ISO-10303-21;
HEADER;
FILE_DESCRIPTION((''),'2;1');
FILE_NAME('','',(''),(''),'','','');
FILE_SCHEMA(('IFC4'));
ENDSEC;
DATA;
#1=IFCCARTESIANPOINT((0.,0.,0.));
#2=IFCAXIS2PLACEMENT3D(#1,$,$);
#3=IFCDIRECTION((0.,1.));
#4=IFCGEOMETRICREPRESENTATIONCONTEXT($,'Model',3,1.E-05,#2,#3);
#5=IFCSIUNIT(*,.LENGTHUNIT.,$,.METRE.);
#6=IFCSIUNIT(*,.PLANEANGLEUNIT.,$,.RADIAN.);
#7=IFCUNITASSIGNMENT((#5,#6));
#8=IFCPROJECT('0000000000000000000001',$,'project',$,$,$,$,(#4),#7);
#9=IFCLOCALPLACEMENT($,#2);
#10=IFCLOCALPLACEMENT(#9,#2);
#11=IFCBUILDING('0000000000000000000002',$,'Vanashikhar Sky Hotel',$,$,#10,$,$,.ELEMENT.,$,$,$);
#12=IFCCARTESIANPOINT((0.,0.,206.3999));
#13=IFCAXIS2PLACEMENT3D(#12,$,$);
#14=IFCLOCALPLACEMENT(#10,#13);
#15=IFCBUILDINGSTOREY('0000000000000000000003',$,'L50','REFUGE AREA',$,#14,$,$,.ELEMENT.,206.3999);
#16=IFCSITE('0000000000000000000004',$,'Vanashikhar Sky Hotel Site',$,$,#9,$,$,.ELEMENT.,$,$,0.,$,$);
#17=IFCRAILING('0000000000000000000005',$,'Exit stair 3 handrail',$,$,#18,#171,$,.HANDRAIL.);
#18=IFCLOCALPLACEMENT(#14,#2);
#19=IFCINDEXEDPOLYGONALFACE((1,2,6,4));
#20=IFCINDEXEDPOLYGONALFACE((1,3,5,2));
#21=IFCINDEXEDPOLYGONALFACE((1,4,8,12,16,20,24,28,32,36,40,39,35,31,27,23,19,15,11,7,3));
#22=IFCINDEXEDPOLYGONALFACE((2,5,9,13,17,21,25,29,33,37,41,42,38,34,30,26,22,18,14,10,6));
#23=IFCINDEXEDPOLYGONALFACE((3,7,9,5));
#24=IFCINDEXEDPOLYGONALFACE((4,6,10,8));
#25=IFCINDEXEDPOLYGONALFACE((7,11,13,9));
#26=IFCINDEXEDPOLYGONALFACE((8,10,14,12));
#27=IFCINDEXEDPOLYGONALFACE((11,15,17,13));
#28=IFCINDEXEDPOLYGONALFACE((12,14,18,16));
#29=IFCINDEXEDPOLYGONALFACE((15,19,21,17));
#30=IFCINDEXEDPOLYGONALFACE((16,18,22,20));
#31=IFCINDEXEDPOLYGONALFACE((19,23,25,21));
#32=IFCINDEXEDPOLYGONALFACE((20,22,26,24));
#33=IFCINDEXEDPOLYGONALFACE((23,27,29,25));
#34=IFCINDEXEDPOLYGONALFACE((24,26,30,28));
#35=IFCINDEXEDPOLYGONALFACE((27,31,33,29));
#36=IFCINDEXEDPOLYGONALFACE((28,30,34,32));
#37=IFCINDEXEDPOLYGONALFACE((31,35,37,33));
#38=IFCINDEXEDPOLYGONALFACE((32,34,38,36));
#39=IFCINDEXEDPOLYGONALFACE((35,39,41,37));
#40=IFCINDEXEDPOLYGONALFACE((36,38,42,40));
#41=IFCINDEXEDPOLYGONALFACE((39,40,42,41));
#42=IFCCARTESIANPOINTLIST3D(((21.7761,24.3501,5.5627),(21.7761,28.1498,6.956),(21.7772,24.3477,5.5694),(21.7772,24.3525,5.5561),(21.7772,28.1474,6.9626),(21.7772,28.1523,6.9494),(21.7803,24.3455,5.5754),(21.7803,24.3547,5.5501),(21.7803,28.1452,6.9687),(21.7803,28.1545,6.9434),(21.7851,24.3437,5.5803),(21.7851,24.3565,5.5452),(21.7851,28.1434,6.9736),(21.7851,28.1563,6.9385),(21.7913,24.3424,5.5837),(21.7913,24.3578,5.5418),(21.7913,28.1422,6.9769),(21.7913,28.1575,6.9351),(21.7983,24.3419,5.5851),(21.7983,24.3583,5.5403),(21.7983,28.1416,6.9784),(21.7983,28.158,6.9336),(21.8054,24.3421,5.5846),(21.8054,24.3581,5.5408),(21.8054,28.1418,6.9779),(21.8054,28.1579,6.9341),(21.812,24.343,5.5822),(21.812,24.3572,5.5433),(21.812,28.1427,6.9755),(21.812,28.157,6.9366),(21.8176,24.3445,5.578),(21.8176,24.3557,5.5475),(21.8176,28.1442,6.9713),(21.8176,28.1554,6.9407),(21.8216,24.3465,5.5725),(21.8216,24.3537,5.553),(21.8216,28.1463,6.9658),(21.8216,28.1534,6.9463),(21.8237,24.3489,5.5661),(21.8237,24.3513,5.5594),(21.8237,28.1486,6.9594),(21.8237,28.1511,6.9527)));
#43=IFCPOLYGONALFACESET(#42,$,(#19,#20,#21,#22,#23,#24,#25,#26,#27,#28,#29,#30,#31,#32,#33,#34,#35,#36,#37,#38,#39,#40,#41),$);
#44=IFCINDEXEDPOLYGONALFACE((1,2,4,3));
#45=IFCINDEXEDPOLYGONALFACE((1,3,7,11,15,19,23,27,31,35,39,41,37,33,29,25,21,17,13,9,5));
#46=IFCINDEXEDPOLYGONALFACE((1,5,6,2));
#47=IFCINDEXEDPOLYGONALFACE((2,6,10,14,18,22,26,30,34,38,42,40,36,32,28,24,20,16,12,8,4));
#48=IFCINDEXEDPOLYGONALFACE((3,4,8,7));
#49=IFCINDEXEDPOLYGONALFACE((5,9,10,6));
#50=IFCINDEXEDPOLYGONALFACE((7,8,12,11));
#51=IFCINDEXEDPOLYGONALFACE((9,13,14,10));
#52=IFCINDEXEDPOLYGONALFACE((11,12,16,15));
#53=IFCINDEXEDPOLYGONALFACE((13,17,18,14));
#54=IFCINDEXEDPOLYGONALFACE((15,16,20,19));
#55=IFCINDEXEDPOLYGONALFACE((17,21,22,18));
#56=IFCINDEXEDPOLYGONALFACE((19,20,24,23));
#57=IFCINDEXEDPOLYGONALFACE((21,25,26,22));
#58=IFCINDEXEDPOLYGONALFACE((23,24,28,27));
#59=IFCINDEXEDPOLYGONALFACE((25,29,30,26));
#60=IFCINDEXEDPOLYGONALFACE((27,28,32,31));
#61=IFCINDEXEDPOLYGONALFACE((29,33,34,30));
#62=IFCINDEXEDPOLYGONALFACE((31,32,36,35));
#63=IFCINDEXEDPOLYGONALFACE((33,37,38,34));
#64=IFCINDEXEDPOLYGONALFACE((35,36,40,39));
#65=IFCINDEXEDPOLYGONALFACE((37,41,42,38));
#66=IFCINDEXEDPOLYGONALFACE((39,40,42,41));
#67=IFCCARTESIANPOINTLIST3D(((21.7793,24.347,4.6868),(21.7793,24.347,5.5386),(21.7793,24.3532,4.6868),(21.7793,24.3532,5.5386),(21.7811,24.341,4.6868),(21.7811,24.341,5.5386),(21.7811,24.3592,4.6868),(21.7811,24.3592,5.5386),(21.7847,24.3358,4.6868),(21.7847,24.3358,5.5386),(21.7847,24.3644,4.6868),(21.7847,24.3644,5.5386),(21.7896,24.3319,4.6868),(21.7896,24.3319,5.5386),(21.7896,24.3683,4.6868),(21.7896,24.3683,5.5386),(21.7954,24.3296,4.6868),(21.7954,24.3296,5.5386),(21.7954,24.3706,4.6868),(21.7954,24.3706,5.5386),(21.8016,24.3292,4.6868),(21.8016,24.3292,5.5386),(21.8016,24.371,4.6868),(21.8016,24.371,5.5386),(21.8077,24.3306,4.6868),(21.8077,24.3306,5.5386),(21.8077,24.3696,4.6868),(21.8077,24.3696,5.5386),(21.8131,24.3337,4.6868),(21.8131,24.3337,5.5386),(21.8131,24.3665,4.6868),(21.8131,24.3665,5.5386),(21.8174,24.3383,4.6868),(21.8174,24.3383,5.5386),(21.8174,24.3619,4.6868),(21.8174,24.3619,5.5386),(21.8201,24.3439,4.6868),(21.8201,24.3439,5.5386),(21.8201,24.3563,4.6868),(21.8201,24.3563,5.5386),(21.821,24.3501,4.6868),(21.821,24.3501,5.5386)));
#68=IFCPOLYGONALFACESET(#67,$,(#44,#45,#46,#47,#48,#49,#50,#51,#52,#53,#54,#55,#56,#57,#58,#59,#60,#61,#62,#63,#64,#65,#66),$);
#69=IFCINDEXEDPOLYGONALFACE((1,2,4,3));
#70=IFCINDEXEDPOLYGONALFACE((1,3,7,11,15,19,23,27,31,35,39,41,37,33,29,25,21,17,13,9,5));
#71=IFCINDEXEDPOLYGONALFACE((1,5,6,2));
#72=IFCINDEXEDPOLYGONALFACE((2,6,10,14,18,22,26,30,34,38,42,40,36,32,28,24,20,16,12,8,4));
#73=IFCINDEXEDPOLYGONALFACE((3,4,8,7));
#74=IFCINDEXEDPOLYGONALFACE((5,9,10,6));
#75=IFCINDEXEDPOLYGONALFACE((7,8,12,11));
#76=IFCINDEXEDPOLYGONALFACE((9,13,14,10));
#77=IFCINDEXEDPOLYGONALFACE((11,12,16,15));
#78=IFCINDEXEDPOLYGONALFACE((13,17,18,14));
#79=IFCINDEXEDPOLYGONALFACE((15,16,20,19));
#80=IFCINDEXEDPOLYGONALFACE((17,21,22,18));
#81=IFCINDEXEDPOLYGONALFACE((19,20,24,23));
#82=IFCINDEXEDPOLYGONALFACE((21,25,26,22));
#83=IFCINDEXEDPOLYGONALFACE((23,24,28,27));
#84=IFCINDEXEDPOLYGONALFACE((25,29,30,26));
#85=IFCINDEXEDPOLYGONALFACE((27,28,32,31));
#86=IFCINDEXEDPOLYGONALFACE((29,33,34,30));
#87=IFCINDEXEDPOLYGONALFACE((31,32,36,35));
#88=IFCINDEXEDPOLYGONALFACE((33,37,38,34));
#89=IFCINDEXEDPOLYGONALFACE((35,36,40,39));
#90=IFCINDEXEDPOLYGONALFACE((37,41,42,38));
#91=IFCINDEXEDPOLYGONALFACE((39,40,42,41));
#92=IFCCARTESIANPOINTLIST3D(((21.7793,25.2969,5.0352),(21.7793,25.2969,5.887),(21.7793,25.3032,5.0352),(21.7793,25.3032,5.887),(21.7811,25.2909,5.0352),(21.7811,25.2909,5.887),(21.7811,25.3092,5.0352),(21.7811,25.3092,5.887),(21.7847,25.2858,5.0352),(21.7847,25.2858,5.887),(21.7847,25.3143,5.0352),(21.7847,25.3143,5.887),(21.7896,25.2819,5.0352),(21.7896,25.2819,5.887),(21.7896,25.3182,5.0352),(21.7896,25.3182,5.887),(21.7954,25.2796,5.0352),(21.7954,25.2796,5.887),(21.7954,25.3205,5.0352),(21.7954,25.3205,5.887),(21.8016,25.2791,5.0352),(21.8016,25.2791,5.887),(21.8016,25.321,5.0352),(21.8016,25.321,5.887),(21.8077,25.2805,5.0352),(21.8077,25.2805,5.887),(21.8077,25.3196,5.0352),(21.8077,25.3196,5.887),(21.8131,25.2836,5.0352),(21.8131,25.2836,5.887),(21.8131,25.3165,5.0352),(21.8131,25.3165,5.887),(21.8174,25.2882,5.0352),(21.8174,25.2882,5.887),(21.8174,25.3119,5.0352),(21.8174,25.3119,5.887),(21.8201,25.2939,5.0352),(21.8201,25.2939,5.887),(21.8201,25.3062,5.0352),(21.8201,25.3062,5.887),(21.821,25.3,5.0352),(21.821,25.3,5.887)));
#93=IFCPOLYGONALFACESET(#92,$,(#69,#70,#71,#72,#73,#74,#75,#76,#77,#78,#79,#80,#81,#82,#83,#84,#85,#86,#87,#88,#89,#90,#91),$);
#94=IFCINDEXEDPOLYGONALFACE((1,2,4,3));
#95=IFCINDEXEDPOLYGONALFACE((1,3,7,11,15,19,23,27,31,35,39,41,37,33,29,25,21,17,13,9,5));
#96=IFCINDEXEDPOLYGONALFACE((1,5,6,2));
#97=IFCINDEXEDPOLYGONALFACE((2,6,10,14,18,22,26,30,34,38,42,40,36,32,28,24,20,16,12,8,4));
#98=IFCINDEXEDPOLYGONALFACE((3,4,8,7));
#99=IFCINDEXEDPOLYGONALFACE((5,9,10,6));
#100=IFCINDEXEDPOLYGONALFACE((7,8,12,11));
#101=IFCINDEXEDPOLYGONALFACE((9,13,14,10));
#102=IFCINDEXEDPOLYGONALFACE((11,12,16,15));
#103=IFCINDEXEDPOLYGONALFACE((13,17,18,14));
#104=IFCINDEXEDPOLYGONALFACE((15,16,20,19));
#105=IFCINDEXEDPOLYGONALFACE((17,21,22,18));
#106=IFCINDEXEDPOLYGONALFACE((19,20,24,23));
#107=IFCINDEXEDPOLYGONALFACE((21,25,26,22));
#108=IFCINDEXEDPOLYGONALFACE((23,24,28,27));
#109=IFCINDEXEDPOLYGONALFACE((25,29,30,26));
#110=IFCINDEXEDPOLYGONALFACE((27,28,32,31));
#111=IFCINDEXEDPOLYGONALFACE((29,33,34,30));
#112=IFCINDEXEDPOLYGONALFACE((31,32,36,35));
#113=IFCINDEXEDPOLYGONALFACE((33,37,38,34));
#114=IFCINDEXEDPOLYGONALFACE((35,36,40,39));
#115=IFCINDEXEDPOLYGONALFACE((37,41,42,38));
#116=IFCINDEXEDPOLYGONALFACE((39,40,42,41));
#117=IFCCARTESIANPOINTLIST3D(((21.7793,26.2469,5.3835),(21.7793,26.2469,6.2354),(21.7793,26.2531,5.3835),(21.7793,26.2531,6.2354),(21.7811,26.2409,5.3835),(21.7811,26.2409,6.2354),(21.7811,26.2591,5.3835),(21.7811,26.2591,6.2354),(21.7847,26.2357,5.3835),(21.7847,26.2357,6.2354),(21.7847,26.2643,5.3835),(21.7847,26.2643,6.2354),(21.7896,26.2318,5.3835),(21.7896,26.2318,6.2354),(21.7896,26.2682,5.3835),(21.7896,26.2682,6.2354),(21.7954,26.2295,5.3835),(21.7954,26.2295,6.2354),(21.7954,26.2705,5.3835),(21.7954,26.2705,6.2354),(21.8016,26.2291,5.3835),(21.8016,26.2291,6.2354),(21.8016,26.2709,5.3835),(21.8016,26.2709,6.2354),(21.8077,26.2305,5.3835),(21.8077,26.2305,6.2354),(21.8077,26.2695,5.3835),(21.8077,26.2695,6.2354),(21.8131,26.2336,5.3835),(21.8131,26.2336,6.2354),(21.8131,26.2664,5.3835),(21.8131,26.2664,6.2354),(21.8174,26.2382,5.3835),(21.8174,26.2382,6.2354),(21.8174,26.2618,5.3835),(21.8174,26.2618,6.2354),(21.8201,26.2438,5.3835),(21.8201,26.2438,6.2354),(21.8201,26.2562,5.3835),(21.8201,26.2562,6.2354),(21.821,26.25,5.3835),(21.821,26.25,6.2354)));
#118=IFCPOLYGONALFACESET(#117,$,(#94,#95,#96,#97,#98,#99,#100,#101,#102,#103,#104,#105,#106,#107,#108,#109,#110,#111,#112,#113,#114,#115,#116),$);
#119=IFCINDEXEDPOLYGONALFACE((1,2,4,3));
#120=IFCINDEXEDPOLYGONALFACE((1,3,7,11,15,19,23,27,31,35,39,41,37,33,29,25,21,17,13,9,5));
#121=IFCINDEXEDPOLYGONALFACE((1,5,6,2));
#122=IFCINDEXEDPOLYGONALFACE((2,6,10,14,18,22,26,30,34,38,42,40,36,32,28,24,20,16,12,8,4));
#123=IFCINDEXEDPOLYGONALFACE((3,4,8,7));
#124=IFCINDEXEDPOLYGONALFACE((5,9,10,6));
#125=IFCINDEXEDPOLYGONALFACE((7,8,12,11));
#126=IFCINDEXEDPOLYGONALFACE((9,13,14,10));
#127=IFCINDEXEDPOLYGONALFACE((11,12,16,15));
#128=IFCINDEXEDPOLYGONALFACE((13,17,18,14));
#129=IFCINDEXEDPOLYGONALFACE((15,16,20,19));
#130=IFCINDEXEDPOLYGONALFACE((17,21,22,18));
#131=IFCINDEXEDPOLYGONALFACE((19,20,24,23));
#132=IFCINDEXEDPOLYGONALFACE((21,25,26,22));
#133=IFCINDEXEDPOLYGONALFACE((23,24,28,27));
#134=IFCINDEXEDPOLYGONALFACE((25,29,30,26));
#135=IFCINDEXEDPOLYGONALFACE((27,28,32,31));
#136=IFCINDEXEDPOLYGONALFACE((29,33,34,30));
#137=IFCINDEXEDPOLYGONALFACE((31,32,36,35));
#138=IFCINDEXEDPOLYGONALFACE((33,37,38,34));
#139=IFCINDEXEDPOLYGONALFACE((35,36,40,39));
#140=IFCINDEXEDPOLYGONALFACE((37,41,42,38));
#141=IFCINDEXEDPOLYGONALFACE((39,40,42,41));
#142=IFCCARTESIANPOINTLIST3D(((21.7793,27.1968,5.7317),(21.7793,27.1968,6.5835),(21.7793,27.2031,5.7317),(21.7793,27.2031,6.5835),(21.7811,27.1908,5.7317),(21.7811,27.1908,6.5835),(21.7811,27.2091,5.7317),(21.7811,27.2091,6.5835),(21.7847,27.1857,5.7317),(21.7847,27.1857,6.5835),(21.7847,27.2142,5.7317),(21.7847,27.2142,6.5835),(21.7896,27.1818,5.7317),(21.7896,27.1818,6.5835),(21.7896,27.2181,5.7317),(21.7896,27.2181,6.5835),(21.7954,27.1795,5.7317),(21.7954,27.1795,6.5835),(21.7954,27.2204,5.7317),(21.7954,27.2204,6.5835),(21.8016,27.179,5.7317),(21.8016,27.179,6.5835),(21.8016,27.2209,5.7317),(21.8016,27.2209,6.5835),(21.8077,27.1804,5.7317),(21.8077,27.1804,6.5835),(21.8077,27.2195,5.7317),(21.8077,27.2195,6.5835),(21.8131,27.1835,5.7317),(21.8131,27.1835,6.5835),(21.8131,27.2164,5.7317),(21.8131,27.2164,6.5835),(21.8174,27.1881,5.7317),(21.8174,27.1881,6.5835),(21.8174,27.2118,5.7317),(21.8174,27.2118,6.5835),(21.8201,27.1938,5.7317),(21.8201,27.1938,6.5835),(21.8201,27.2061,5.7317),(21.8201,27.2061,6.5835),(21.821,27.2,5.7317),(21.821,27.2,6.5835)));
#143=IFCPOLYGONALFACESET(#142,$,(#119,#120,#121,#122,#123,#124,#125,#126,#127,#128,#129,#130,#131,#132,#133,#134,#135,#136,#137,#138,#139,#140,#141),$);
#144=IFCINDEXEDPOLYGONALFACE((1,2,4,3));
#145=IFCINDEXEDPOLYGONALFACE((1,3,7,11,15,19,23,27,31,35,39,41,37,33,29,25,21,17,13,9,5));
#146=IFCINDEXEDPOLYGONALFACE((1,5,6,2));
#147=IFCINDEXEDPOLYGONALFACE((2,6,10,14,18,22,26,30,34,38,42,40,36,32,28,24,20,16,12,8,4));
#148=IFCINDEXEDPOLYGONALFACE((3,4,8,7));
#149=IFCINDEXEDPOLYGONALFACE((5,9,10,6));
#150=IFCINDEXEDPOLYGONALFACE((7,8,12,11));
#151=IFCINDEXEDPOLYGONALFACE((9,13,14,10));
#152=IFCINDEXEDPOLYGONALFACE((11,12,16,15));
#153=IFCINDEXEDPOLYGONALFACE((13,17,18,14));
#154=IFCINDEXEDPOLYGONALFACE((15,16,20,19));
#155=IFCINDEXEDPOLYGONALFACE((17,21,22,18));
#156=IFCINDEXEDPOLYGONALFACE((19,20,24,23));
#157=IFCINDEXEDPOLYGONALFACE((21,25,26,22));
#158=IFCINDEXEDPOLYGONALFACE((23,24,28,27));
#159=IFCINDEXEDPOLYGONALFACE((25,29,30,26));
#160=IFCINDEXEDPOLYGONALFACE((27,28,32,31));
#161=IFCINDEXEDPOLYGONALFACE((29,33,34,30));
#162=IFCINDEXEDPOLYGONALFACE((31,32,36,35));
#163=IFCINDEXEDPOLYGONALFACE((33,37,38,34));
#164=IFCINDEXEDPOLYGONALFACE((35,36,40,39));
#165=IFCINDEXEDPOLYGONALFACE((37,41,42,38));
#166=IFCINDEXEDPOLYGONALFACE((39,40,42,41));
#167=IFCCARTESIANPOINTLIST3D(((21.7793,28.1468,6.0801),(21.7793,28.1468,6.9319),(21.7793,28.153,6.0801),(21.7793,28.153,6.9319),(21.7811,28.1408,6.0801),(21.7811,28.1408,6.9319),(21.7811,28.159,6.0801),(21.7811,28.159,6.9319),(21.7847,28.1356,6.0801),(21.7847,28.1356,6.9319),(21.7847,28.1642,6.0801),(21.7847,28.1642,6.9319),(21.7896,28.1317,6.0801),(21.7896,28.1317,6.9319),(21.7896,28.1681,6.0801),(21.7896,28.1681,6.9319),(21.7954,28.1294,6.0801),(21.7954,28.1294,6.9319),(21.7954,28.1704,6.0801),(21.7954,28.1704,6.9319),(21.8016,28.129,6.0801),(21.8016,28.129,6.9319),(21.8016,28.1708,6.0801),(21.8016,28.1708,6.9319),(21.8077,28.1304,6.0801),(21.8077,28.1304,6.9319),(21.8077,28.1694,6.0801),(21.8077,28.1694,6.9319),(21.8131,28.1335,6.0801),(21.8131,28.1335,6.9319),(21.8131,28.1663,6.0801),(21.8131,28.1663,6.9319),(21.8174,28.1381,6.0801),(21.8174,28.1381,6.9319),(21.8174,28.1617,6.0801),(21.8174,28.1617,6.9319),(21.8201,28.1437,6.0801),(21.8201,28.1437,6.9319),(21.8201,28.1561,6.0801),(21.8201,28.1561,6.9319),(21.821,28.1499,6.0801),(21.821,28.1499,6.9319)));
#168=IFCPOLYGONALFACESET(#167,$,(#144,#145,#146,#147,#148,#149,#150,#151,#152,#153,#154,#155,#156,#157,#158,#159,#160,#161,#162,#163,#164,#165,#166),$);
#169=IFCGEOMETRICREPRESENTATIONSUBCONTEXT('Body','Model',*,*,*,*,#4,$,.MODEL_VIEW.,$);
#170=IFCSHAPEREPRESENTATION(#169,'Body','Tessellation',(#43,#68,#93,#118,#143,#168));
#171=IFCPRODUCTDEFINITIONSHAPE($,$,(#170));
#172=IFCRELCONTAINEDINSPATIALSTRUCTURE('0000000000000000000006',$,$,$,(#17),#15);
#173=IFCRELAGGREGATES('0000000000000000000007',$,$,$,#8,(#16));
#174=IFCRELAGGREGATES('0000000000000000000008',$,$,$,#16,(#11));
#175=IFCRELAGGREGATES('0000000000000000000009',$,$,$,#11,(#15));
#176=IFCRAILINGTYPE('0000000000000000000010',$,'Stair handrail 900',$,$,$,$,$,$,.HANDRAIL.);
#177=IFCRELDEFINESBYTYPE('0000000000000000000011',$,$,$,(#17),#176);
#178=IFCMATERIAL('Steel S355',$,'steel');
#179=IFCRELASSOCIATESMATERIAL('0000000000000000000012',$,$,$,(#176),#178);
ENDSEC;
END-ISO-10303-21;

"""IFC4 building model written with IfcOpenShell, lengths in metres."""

from ifc_helpers import new_model, si_unit, direction, frame, origin, origin_2d, place, context, subcontext, project, spatial, circle, extrude, source, transform, mapped, material, type_object, element, save


model = new_model("IFC4")

# Units and contexts
model_context = context("Model", 3, precision=1e-05, world=origin(), true_north=direction((0.0, 1.0)))
body_context = subcontext(model_context, "Body", "Model", "MODEL_VIEW")
ifc_project = project(units=[si_unit("LENGTHUNIT", "METRE"), si_unit("PLANEANGLEUNIT", "RADIAN")], contexts=[model_context])

# Site, building, storey
site_placement = place(None, origin())
site = spatial("IfcSite", under=ifc_project, at=site_placement, Name="Vanashikhar Sky Hotel Site", CompositionType="ELEMENT", RefElevation=0.0)
building_placement = place(site_placement, origin())
building = spatial("IfcBuilding", under=site, at=building_placement, Name="Vanashikhar Sky Hotel", CompositionType="ELEMENT")
storey_placement = place(building_placement, frame((0.0, 0.0, 206.3999)))
storey = spatial("IfcBuildingStorey", under=building, at=storey_placement, Name="L50", Description="REFUGE AREA", CompositionType="ELEMENT", Elevation=206.3999)

# Railing
ifc_material_1 = material(Name="Steel S355", Category="steel")
railing_type_1 = type_object("IfcRailingType", Name="Stair handrail 900", PredefinedType="HANDRAIL", material=ifc_material_1)
shared_shape_1 = source(origin(), body_context, "Body", "SweptSolid", [
    extrude(circle(Radius=0.0239, at=origin_2d()), frame((0.0, 0.0, 0.876), z_axis=(0.0, 0.938872, 0.344265), x_axis=(-1.0, 0.0, 0.0)), (0.0, 0.0, 1.0), 4.0471),
    extrude(circle(Radius=0.021, at=origin_2d()), origin(), (0.0, 0.0, 1.0), 0.8518),
    extrude(circle(Radius=0.021, at=origin_2d()), frame((0.0, 0.95, 0.3484)), (0.0, 0.0, 1.0), 0.8518),
    extrude(circle(Radius=0.021, at=origin_2d()), frame((0.0, 1.8999, 0.6968)), (0.0, 0.0, 1.0), 0.8518),
    extrude(circle(Radius=0.021, at=origin_2d()), frame((0.0, 2.8499, 1.0449)), (0.0, 0.0, 1.0), 0.8518),
    extrude(circle(Radius=0.021, at=origin_2d()), frame((0.0, 3.7998, 1.3933)), (0.0, 0.0, 1.0), 0.8518),
])
for number, where, name in (
    (1, (21.8, 24.3501, 4.6868), "Exit stair 3 handrail"),
):
    element("IfcRailing", number, at=place(storey_placement, frame(where)), inside=storey, type_object=railing_type_1, Name=name, PredefinedType="HANDRAIL", context=body_context, shape_type="MappedRepresentation", body=[
        mapped(shared_shape_1, transform((0.0, 0.0, 0.0), scale=1.0)),
    ])

save(model, "model.ifc")
